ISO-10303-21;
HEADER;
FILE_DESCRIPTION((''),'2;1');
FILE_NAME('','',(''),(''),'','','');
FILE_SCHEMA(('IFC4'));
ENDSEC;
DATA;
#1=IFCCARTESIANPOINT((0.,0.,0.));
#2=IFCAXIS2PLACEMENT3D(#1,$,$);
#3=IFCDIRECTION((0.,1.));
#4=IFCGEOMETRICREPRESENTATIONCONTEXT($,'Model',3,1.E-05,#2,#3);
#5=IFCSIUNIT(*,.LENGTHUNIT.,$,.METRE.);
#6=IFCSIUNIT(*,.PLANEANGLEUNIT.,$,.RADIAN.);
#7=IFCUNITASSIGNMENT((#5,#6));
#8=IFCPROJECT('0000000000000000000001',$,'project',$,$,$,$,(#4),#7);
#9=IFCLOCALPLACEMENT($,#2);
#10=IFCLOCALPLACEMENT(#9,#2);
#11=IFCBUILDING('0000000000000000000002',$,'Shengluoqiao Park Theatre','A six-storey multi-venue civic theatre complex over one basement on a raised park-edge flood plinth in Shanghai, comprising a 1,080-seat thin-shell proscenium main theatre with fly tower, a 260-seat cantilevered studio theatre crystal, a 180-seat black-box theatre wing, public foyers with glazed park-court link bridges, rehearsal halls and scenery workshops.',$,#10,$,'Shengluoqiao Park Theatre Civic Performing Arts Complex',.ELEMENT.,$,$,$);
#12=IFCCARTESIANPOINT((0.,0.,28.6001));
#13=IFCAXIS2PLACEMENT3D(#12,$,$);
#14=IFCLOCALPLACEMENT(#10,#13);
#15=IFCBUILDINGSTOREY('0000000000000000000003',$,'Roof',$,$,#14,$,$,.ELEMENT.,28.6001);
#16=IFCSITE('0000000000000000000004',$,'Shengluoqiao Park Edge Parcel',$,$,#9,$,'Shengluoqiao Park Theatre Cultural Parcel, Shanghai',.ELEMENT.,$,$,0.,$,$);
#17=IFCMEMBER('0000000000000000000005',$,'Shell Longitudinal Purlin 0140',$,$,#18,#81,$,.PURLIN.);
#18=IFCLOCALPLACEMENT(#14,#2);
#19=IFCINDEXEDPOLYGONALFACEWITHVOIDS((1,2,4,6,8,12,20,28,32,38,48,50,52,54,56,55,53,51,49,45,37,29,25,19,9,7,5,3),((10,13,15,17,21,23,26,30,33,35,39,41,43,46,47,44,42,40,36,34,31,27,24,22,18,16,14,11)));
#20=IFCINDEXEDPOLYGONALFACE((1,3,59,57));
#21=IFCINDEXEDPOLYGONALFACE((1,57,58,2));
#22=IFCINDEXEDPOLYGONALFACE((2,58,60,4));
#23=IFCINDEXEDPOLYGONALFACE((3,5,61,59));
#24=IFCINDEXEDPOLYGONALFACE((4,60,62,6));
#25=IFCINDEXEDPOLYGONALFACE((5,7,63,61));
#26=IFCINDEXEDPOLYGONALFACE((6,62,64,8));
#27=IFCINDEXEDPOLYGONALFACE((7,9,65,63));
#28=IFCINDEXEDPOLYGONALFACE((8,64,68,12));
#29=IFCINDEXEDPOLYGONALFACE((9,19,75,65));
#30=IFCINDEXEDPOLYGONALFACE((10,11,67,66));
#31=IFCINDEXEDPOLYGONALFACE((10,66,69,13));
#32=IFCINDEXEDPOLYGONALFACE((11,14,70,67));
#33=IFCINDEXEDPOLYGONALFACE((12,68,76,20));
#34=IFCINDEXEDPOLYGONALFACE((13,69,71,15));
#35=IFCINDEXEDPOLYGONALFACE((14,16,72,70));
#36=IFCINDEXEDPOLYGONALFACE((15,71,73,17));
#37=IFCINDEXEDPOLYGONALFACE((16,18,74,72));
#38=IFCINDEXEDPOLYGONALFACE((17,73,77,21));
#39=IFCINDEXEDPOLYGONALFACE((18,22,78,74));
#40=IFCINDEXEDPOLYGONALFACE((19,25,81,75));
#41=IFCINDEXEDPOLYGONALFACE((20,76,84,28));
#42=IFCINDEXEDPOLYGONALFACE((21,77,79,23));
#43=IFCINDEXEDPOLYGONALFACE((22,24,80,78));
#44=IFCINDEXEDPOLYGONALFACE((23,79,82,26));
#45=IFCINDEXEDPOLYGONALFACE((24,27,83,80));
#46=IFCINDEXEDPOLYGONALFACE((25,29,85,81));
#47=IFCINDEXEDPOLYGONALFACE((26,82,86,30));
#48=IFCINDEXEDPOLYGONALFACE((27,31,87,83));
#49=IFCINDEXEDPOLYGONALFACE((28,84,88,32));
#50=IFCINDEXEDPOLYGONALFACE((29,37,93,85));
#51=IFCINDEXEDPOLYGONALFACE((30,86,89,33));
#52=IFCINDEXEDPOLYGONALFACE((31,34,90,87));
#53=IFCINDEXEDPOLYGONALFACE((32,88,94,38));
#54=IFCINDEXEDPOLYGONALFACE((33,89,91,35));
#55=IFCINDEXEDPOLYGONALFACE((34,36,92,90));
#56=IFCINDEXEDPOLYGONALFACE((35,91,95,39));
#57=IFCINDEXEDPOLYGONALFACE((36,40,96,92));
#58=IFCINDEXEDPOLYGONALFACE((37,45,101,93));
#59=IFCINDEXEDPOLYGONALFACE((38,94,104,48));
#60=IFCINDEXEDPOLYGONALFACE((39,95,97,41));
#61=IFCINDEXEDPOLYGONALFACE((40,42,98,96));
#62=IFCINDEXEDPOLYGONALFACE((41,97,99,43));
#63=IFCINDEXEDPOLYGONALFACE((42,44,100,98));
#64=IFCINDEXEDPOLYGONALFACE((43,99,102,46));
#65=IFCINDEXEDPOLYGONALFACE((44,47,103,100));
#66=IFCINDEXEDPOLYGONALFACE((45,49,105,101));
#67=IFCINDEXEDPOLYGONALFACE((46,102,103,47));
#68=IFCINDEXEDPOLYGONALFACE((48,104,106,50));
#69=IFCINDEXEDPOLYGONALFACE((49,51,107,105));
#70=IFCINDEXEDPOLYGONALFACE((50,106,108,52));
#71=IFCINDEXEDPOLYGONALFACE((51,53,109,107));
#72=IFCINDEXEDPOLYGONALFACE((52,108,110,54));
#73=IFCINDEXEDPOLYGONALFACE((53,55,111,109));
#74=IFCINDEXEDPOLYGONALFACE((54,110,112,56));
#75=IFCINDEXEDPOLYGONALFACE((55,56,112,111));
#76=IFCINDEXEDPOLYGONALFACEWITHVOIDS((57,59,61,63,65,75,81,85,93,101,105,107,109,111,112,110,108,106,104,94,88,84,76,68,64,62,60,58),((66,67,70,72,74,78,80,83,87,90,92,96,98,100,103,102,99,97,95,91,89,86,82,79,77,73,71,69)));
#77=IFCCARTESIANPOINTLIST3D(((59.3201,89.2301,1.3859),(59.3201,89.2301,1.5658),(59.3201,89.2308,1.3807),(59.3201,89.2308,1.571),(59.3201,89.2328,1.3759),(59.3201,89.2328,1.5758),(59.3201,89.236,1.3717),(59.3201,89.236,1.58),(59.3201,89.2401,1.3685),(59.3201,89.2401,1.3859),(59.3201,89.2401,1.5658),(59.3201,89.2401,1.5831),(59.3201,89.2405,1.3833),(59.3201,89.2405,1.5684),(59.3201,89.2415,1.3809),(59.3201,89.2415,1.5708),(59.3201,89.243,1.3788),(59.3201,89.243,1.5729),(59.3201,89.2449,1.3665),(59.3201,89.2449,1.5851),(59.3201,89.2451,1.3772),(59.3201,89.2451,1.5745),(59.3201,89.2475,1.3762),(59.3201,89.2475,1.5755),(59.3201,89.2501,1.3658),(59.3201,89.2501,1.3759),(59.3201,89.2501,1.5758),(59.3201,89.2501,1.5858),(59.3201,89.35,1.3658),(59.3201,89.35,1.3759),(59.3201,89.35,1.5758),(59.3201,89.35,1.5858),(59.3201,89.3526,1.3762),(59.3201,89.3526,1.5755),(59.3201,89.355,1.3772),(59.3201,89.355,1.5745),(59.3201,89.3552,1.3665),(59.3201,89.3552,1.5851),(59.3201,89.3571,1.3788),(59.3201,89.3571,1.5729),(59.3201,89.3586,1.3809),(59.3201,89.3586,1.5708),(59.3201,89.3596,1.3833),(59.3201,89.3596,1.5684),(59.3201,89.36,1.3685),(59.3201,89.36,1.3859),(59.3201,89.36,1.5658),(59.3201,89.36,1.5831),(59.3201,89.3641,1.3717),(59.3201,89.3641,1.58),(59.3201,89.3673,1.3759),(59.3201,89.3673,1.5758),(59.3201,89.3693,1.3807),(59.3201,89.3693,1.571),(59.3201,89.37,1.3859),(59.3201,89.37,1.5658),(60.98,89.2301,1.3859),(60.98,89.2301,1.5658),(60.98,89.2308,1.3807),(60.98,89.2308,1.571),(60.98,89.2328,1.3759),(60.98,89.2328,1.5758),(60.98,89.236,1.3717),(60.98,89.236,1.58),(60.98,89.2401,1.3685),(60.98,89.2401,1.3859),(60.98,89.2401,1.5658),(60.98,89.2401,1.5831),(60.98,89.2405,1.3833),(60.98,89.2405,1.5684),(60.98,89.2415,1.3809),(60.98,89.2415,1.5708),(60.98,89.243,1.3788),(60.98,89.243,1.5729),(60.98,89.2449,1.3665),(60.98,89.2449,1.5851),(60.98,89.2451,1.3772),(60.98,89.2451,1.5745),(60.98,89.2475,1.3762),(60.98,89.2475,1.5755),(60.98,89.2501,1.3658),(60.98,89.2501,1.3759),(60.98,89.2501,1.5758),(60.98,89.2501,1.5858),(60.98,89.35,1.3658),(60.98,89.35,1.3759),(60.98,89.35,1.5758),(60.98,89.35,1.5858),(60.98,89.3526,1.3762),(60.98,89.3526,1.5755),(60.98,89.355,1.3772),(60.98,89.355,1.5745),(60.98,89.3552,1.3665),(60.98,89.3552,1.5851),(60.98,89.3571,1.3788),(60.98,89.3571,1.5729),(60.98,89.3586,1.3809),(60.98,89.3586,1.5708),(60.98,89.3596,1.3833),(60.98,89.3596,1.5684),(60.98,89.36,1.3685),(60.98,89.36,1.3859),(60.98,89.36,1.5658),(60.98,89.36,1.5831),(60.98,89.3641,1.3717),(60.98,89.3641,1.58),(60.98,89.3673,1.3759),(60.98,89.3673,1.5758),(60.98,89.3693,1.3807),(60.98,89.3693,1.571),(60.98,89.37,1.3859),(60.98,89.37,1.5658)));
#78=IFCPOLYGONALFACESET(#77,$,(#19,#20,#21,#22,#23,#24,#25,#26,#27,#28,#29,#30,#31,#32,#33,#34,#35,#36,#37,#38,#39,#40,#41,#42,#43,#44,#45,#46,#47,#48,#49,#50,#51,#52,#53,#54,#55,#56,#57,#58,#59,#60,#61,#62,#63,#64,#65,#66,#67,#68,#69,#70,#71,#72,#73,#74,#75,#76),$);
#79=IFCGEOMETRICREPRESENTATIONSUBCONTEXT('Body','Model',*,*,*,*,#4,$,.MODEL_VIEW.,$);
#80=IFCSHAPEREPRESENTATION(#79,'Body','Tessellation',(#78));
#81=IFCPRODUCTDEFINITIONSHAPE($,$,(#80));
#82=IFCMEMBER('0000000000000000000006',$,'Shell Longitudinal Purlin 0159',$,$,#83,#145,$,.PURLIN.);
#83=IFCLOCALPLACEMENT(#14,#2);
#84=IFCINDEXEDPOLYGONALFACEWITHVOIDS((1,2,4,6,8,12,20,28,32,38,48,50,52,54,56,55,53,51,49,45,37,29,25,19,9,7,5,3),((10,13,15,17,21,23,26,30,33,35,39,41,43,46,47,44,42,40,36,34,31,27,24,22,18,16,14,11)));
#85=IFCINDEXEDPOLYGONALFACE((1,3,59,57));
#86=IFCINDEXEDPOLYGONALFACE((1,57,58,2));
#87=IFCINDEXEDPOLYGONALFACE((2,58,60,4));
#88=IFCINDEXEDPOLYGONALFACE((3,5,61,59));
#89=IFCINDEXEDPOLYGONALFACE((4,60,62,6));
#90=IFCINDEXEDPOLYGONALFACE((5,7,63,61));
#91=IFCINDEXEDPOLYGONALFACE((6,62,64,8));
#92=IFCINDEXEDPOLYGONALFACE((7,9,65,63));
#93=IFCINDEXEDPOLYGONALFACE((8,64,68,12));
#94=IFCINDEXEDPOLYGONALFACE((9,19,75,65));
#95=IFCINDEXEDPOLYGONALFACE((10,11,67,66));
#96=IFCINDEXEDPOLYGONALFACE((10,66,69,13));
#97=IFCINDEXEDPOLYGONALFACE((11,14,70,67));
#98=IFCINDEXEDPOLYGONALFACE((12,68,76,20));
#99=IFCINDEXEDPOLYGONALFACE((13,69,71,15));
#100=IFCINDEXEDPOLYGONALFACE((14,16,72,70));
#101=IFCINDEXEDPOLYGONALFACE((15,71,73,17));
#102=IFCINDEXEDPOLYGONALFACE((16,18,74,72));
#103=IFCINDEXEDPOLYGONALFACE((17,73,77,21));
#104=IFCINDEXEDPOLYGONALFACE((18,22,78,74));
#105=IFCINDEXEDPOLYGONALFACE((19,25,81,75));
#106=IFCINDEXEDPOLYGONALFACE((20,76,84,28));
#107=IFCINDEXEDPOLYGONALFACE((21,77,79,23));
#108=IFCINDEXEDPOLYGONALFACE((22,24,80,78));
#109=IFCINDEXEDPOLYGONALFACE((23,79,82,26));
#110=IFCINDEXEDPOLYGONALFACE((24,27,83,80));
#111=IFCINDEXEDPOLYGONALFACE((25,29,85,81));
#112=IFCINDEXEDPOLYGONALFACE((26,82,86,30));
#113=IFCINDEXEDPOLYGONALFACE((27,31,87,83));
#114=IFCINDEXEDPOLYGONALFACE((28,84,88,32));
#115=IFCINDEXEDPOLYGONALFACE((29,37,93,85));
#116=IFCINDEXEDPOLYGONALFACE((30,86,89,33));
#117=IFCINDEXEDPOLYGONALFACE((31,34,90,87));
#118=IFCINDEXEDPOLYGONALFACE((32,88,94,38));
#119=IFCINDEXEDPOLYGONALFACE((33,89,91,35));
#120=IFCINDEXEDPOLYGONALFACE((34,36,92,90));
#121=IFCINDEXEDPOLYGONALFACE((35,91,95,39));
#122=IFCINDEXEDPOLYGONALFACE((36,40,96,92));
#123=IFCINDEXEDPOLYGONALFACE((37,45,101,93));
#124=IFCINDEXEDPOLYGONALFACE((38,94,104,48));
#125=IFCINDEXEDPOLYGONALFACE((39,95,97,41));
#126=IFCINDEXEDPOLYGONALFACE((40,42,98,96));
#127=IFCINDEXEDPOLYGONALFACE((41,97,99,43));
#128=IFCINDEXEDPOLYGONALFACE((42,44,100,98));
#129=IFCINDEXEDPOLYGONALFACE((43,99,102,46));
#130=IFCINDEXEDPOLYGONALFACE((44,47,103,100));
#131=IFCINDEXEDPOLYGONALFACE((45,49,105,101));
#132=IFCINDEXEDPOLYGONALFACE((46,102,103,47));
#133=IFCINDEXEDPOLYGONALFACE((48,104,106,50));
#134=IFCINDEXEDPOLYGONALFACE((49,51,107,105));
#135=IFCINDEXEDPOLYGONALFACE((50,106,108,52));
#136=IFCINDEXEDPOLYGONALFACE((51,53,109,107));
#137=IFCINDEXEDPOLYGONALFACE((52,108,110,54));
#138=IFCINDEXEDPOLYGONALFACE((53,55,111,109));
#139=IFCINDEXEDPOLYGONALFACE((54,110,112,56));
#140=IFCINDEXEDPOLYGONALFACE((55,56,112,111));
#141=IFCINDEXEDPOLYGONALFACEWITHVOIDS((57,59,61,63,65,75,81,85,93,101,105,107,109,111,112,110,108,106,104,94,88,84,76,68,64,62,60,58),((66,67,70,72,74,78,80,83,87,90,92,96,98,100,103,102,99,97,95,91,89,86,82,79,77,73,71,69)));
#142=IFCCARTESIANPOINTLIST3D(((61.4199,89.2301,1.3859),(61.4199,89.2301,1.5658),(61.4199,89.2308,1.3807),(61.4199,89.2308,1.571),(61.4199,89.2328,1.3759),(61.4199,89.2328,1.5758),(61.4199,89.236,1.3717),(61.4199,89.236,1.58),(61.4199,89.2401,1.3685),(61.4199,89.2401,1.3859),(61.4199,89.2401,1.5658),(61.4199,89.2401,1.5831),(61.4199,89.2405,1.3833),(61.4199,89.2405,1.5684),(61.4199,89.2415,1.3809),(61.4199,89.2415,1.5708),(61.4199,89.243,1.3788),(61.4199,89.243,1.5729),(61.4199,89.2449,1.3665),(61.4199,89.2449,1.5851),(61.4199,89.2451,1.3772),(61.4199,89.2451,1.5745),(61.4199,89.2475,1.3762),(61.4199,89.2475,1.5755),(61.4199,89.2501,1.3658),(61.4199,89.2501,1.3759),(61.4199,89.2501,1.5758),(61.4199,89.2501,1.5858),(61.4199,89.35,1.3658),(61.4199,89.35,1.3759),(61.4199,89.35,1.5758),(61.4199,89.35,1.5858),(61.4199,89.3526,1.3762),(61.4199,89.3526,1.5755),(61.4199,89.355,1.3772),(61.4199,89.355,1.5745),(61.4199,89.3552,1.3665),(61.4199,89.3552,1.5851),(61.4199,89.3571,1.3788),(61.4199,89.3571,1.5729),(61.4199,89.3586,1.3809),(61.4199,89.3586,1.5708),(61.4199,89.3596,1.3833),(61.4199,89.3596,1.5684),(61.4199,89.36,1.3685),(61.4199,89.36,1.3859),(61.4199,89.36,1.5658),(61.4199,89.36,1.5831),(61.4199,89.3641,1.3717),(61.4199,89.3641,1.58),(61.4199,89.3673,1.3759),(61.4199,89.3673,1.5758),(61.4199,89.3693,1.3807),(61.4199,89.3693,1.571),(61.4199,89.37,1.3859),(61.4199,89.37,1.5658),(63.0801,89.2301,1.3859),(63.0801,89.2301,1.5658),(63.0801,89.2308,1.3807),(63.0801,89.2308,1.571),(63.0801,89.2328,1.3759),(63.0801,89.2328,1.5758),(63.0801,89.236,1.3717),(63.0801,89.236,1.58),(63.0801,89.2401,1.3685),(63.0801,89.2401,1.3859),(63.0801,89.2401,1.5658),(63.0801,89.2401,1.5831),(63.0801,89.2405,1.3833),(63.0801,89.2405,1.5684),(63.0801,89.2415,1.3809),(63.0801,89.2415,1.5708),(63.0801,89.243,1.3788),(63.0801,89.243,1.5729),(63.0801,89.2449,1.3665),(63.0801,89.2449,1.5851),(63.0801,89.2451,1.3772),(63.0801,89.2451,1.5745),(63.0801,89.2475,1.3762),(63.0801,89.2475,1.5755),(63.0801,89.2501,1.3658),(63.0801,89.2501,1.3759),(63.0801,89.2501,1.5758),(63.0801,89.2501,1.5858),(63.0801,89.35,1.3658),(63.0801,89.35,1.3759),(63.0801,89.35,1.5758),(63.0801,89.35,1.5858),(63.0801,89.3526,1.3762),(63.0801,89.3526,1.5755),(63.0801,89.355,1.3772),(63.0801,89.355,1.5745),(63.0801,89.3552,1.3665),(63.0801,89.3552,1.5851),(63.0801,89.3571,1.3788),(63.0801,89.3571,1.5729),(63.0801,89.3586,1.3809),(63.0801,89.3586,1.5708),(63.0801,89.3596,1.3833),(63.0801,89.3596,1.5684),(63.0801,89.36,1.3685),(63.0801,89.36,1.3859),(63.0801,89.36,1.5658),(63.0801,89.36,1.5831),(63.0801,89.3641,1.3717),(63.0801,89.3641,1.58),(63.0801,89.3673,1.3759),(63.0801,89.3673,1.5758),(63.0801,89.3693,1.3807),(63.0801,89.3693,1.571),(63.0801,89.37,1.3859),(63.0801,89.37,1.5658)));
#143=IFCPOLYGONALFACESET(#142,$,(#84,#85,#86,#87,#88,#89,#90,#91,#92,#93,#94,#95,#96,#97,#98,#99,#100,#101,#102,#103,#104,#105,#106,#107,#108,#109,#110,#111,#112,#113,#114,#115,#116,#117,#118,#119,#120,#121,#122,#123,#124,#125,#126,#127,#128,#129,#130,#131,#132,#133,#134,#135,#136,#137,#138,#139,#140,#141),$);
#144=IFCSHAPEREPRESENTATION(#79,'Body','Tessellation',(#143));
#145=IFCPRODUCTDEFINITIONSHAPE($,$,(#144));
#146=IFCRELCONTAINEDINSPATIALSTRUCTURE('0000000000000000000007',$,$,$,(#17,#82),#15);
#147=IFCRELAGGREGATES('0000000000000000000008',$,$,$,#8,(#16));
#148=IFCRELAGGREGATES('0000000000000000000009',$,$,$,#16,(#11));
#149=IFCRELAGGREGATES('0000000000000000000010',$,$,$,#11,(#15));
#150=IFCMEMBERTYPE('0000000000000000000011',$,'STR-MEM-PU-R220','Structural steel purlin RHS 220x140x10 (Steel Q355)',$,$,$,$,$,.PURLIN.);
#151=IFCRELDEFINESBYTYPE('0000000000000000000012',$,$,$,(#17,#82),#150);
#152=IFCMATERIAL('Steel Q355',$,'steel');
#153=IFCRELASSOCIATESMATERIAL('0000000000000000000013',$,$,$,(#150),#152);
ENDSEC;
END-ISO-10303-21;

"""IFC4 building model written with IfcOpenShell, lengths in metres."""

from ifc_helpers import new_model, si_unit, direction, frame, origin, origin_2d, place, context, subcontext, project, spatial, hollow_rectangle, extrude, material, material_profile, profile_set, type_object, element, save


model = new_model("IFC4")

# Units and contexts
model_context = context("Model", 3, precision=1e-05, world=origin(), true_north=direction((0.0, 1.0)))
body_context = subcontext(model_context, "Body", "Model", "MODEL_VIEW")
ifc_project = project(units=[si_unit("LENGTHUNIT", "METRE"), si_unit("PLANEANGLEUNIT", "RADIAN")], contexts=[model_context])

# Site, building, storey
site_placement = place(None, origin())
site = spatial("IfcSite", under=ifc_project, at=site_placement, Name="Shengluoqiao Park Edge Parcel", LongName="Shengluoqiao Park Theatre Cultural Parcel, Shanghai", CompositionType="ELEMENT", RefElevation=0.0)
building_placement = place(site_placement, origin())
building = spatial("IfcBuilding", under=site, at=building_placement, Name="Shengluoqiao Park Theatre", Description="A six-storey multi-venue civic theatre complex over one basement on a raised park-edge flood plinth in Shanghai, comprising a 1,080-seat thin-shell proscenium main theatre with fly tower, a 260-seat cantilevered studio theatre crystal, a 180-seat black-box theatre wing, public foyers with glazed park-court link bridges, rehearsal halls and scenery workshops.", LongName="Shengluoqiao Park Theatre Civic Performing Arts Complex", CompositionType="ELEMENT")
storey_placement = place(building_placement, frame((0.0, 0.0, 28.6001)))
storey = spatial("IfcBuildingStorey", under=building, at=storey_placement, Name="Roof", CompositionType="ELEMENT", Elevation=28.6001)

# Shared definitions
ifc_material_1 = material(Name="Steel Q355", Category="steel")

# Members
ifc_material_profile_1 = material_profile(ifc_material_1, hollow_rectangle(XDim=0.1399, YDim=0.22, WallThickness=0.01, InnerFilletRadius=0.01, OuterFilletRadius=0.02, at=origin_2d()), Name="RHS 220x140x10")
ifc_profile_set_1 = profile_set([ifc_material_profile_1], Name="Steel Q355")
member_type_1 = type_object("IfcMemberType", Name="STR-MEM-PU-R220", Description="Structural steel purlin RHS 220x140x10 (Steel Q355)", PredefinedType="PURLIN", material=ifc_profile_set_1)
for number, where, z_axis, x_axis, name in (
    (1, (59.3201, 89.3, 1.4758), (1.0, 0.0, 0.0), (0.0, 1.0, 0.0), "Shell Longitudinal Purlin 0140"),
):
    element("IfcMember", number, at=place(storey_placement, frame(where, z_axis=z_axis, x_axis=x_axis)), inside=storey, type_object=member_type_1, Name=name, PredefinedType="PURLIN", context=body_context, shape_type="SweptSolid", body=[
        extrude(hollow_rectangle(XDim=0.1399, YDim=0.22, WallThickness=0.01, InnerFilletRadius=0.01, OuterFilletRadius=0.02, at=origin_2d()), origin(), (0.0, 0.0, 1.0), 1.6599),
    ])
member_1_placement = place(storey_placement, frame((61.4199, 89.3, 1.4758), z_axis=(1.0, 0.0, 0.0), x_axis=(0.0, 1.0, 0.0)))
element("IfcMember", 2, at=member_1_placement, inside=storey, type_object=member_type_1, Name="Shell Longitudinal Purlin 0159", PredefinedType="PURLIN", context=body_context, shape_type="SweptSolid", body=[
    extrude(hollow_rectangle(XDim=0.1399, YDim=0.22, WallThickness=0.01, InnerFilletRadius=0.01, OuterFilletRadius=0.02, at=origin_2d()), origin(), (0.0, 0.0, 1.0), 1.6602),
])

save(model, "model.ifc")
